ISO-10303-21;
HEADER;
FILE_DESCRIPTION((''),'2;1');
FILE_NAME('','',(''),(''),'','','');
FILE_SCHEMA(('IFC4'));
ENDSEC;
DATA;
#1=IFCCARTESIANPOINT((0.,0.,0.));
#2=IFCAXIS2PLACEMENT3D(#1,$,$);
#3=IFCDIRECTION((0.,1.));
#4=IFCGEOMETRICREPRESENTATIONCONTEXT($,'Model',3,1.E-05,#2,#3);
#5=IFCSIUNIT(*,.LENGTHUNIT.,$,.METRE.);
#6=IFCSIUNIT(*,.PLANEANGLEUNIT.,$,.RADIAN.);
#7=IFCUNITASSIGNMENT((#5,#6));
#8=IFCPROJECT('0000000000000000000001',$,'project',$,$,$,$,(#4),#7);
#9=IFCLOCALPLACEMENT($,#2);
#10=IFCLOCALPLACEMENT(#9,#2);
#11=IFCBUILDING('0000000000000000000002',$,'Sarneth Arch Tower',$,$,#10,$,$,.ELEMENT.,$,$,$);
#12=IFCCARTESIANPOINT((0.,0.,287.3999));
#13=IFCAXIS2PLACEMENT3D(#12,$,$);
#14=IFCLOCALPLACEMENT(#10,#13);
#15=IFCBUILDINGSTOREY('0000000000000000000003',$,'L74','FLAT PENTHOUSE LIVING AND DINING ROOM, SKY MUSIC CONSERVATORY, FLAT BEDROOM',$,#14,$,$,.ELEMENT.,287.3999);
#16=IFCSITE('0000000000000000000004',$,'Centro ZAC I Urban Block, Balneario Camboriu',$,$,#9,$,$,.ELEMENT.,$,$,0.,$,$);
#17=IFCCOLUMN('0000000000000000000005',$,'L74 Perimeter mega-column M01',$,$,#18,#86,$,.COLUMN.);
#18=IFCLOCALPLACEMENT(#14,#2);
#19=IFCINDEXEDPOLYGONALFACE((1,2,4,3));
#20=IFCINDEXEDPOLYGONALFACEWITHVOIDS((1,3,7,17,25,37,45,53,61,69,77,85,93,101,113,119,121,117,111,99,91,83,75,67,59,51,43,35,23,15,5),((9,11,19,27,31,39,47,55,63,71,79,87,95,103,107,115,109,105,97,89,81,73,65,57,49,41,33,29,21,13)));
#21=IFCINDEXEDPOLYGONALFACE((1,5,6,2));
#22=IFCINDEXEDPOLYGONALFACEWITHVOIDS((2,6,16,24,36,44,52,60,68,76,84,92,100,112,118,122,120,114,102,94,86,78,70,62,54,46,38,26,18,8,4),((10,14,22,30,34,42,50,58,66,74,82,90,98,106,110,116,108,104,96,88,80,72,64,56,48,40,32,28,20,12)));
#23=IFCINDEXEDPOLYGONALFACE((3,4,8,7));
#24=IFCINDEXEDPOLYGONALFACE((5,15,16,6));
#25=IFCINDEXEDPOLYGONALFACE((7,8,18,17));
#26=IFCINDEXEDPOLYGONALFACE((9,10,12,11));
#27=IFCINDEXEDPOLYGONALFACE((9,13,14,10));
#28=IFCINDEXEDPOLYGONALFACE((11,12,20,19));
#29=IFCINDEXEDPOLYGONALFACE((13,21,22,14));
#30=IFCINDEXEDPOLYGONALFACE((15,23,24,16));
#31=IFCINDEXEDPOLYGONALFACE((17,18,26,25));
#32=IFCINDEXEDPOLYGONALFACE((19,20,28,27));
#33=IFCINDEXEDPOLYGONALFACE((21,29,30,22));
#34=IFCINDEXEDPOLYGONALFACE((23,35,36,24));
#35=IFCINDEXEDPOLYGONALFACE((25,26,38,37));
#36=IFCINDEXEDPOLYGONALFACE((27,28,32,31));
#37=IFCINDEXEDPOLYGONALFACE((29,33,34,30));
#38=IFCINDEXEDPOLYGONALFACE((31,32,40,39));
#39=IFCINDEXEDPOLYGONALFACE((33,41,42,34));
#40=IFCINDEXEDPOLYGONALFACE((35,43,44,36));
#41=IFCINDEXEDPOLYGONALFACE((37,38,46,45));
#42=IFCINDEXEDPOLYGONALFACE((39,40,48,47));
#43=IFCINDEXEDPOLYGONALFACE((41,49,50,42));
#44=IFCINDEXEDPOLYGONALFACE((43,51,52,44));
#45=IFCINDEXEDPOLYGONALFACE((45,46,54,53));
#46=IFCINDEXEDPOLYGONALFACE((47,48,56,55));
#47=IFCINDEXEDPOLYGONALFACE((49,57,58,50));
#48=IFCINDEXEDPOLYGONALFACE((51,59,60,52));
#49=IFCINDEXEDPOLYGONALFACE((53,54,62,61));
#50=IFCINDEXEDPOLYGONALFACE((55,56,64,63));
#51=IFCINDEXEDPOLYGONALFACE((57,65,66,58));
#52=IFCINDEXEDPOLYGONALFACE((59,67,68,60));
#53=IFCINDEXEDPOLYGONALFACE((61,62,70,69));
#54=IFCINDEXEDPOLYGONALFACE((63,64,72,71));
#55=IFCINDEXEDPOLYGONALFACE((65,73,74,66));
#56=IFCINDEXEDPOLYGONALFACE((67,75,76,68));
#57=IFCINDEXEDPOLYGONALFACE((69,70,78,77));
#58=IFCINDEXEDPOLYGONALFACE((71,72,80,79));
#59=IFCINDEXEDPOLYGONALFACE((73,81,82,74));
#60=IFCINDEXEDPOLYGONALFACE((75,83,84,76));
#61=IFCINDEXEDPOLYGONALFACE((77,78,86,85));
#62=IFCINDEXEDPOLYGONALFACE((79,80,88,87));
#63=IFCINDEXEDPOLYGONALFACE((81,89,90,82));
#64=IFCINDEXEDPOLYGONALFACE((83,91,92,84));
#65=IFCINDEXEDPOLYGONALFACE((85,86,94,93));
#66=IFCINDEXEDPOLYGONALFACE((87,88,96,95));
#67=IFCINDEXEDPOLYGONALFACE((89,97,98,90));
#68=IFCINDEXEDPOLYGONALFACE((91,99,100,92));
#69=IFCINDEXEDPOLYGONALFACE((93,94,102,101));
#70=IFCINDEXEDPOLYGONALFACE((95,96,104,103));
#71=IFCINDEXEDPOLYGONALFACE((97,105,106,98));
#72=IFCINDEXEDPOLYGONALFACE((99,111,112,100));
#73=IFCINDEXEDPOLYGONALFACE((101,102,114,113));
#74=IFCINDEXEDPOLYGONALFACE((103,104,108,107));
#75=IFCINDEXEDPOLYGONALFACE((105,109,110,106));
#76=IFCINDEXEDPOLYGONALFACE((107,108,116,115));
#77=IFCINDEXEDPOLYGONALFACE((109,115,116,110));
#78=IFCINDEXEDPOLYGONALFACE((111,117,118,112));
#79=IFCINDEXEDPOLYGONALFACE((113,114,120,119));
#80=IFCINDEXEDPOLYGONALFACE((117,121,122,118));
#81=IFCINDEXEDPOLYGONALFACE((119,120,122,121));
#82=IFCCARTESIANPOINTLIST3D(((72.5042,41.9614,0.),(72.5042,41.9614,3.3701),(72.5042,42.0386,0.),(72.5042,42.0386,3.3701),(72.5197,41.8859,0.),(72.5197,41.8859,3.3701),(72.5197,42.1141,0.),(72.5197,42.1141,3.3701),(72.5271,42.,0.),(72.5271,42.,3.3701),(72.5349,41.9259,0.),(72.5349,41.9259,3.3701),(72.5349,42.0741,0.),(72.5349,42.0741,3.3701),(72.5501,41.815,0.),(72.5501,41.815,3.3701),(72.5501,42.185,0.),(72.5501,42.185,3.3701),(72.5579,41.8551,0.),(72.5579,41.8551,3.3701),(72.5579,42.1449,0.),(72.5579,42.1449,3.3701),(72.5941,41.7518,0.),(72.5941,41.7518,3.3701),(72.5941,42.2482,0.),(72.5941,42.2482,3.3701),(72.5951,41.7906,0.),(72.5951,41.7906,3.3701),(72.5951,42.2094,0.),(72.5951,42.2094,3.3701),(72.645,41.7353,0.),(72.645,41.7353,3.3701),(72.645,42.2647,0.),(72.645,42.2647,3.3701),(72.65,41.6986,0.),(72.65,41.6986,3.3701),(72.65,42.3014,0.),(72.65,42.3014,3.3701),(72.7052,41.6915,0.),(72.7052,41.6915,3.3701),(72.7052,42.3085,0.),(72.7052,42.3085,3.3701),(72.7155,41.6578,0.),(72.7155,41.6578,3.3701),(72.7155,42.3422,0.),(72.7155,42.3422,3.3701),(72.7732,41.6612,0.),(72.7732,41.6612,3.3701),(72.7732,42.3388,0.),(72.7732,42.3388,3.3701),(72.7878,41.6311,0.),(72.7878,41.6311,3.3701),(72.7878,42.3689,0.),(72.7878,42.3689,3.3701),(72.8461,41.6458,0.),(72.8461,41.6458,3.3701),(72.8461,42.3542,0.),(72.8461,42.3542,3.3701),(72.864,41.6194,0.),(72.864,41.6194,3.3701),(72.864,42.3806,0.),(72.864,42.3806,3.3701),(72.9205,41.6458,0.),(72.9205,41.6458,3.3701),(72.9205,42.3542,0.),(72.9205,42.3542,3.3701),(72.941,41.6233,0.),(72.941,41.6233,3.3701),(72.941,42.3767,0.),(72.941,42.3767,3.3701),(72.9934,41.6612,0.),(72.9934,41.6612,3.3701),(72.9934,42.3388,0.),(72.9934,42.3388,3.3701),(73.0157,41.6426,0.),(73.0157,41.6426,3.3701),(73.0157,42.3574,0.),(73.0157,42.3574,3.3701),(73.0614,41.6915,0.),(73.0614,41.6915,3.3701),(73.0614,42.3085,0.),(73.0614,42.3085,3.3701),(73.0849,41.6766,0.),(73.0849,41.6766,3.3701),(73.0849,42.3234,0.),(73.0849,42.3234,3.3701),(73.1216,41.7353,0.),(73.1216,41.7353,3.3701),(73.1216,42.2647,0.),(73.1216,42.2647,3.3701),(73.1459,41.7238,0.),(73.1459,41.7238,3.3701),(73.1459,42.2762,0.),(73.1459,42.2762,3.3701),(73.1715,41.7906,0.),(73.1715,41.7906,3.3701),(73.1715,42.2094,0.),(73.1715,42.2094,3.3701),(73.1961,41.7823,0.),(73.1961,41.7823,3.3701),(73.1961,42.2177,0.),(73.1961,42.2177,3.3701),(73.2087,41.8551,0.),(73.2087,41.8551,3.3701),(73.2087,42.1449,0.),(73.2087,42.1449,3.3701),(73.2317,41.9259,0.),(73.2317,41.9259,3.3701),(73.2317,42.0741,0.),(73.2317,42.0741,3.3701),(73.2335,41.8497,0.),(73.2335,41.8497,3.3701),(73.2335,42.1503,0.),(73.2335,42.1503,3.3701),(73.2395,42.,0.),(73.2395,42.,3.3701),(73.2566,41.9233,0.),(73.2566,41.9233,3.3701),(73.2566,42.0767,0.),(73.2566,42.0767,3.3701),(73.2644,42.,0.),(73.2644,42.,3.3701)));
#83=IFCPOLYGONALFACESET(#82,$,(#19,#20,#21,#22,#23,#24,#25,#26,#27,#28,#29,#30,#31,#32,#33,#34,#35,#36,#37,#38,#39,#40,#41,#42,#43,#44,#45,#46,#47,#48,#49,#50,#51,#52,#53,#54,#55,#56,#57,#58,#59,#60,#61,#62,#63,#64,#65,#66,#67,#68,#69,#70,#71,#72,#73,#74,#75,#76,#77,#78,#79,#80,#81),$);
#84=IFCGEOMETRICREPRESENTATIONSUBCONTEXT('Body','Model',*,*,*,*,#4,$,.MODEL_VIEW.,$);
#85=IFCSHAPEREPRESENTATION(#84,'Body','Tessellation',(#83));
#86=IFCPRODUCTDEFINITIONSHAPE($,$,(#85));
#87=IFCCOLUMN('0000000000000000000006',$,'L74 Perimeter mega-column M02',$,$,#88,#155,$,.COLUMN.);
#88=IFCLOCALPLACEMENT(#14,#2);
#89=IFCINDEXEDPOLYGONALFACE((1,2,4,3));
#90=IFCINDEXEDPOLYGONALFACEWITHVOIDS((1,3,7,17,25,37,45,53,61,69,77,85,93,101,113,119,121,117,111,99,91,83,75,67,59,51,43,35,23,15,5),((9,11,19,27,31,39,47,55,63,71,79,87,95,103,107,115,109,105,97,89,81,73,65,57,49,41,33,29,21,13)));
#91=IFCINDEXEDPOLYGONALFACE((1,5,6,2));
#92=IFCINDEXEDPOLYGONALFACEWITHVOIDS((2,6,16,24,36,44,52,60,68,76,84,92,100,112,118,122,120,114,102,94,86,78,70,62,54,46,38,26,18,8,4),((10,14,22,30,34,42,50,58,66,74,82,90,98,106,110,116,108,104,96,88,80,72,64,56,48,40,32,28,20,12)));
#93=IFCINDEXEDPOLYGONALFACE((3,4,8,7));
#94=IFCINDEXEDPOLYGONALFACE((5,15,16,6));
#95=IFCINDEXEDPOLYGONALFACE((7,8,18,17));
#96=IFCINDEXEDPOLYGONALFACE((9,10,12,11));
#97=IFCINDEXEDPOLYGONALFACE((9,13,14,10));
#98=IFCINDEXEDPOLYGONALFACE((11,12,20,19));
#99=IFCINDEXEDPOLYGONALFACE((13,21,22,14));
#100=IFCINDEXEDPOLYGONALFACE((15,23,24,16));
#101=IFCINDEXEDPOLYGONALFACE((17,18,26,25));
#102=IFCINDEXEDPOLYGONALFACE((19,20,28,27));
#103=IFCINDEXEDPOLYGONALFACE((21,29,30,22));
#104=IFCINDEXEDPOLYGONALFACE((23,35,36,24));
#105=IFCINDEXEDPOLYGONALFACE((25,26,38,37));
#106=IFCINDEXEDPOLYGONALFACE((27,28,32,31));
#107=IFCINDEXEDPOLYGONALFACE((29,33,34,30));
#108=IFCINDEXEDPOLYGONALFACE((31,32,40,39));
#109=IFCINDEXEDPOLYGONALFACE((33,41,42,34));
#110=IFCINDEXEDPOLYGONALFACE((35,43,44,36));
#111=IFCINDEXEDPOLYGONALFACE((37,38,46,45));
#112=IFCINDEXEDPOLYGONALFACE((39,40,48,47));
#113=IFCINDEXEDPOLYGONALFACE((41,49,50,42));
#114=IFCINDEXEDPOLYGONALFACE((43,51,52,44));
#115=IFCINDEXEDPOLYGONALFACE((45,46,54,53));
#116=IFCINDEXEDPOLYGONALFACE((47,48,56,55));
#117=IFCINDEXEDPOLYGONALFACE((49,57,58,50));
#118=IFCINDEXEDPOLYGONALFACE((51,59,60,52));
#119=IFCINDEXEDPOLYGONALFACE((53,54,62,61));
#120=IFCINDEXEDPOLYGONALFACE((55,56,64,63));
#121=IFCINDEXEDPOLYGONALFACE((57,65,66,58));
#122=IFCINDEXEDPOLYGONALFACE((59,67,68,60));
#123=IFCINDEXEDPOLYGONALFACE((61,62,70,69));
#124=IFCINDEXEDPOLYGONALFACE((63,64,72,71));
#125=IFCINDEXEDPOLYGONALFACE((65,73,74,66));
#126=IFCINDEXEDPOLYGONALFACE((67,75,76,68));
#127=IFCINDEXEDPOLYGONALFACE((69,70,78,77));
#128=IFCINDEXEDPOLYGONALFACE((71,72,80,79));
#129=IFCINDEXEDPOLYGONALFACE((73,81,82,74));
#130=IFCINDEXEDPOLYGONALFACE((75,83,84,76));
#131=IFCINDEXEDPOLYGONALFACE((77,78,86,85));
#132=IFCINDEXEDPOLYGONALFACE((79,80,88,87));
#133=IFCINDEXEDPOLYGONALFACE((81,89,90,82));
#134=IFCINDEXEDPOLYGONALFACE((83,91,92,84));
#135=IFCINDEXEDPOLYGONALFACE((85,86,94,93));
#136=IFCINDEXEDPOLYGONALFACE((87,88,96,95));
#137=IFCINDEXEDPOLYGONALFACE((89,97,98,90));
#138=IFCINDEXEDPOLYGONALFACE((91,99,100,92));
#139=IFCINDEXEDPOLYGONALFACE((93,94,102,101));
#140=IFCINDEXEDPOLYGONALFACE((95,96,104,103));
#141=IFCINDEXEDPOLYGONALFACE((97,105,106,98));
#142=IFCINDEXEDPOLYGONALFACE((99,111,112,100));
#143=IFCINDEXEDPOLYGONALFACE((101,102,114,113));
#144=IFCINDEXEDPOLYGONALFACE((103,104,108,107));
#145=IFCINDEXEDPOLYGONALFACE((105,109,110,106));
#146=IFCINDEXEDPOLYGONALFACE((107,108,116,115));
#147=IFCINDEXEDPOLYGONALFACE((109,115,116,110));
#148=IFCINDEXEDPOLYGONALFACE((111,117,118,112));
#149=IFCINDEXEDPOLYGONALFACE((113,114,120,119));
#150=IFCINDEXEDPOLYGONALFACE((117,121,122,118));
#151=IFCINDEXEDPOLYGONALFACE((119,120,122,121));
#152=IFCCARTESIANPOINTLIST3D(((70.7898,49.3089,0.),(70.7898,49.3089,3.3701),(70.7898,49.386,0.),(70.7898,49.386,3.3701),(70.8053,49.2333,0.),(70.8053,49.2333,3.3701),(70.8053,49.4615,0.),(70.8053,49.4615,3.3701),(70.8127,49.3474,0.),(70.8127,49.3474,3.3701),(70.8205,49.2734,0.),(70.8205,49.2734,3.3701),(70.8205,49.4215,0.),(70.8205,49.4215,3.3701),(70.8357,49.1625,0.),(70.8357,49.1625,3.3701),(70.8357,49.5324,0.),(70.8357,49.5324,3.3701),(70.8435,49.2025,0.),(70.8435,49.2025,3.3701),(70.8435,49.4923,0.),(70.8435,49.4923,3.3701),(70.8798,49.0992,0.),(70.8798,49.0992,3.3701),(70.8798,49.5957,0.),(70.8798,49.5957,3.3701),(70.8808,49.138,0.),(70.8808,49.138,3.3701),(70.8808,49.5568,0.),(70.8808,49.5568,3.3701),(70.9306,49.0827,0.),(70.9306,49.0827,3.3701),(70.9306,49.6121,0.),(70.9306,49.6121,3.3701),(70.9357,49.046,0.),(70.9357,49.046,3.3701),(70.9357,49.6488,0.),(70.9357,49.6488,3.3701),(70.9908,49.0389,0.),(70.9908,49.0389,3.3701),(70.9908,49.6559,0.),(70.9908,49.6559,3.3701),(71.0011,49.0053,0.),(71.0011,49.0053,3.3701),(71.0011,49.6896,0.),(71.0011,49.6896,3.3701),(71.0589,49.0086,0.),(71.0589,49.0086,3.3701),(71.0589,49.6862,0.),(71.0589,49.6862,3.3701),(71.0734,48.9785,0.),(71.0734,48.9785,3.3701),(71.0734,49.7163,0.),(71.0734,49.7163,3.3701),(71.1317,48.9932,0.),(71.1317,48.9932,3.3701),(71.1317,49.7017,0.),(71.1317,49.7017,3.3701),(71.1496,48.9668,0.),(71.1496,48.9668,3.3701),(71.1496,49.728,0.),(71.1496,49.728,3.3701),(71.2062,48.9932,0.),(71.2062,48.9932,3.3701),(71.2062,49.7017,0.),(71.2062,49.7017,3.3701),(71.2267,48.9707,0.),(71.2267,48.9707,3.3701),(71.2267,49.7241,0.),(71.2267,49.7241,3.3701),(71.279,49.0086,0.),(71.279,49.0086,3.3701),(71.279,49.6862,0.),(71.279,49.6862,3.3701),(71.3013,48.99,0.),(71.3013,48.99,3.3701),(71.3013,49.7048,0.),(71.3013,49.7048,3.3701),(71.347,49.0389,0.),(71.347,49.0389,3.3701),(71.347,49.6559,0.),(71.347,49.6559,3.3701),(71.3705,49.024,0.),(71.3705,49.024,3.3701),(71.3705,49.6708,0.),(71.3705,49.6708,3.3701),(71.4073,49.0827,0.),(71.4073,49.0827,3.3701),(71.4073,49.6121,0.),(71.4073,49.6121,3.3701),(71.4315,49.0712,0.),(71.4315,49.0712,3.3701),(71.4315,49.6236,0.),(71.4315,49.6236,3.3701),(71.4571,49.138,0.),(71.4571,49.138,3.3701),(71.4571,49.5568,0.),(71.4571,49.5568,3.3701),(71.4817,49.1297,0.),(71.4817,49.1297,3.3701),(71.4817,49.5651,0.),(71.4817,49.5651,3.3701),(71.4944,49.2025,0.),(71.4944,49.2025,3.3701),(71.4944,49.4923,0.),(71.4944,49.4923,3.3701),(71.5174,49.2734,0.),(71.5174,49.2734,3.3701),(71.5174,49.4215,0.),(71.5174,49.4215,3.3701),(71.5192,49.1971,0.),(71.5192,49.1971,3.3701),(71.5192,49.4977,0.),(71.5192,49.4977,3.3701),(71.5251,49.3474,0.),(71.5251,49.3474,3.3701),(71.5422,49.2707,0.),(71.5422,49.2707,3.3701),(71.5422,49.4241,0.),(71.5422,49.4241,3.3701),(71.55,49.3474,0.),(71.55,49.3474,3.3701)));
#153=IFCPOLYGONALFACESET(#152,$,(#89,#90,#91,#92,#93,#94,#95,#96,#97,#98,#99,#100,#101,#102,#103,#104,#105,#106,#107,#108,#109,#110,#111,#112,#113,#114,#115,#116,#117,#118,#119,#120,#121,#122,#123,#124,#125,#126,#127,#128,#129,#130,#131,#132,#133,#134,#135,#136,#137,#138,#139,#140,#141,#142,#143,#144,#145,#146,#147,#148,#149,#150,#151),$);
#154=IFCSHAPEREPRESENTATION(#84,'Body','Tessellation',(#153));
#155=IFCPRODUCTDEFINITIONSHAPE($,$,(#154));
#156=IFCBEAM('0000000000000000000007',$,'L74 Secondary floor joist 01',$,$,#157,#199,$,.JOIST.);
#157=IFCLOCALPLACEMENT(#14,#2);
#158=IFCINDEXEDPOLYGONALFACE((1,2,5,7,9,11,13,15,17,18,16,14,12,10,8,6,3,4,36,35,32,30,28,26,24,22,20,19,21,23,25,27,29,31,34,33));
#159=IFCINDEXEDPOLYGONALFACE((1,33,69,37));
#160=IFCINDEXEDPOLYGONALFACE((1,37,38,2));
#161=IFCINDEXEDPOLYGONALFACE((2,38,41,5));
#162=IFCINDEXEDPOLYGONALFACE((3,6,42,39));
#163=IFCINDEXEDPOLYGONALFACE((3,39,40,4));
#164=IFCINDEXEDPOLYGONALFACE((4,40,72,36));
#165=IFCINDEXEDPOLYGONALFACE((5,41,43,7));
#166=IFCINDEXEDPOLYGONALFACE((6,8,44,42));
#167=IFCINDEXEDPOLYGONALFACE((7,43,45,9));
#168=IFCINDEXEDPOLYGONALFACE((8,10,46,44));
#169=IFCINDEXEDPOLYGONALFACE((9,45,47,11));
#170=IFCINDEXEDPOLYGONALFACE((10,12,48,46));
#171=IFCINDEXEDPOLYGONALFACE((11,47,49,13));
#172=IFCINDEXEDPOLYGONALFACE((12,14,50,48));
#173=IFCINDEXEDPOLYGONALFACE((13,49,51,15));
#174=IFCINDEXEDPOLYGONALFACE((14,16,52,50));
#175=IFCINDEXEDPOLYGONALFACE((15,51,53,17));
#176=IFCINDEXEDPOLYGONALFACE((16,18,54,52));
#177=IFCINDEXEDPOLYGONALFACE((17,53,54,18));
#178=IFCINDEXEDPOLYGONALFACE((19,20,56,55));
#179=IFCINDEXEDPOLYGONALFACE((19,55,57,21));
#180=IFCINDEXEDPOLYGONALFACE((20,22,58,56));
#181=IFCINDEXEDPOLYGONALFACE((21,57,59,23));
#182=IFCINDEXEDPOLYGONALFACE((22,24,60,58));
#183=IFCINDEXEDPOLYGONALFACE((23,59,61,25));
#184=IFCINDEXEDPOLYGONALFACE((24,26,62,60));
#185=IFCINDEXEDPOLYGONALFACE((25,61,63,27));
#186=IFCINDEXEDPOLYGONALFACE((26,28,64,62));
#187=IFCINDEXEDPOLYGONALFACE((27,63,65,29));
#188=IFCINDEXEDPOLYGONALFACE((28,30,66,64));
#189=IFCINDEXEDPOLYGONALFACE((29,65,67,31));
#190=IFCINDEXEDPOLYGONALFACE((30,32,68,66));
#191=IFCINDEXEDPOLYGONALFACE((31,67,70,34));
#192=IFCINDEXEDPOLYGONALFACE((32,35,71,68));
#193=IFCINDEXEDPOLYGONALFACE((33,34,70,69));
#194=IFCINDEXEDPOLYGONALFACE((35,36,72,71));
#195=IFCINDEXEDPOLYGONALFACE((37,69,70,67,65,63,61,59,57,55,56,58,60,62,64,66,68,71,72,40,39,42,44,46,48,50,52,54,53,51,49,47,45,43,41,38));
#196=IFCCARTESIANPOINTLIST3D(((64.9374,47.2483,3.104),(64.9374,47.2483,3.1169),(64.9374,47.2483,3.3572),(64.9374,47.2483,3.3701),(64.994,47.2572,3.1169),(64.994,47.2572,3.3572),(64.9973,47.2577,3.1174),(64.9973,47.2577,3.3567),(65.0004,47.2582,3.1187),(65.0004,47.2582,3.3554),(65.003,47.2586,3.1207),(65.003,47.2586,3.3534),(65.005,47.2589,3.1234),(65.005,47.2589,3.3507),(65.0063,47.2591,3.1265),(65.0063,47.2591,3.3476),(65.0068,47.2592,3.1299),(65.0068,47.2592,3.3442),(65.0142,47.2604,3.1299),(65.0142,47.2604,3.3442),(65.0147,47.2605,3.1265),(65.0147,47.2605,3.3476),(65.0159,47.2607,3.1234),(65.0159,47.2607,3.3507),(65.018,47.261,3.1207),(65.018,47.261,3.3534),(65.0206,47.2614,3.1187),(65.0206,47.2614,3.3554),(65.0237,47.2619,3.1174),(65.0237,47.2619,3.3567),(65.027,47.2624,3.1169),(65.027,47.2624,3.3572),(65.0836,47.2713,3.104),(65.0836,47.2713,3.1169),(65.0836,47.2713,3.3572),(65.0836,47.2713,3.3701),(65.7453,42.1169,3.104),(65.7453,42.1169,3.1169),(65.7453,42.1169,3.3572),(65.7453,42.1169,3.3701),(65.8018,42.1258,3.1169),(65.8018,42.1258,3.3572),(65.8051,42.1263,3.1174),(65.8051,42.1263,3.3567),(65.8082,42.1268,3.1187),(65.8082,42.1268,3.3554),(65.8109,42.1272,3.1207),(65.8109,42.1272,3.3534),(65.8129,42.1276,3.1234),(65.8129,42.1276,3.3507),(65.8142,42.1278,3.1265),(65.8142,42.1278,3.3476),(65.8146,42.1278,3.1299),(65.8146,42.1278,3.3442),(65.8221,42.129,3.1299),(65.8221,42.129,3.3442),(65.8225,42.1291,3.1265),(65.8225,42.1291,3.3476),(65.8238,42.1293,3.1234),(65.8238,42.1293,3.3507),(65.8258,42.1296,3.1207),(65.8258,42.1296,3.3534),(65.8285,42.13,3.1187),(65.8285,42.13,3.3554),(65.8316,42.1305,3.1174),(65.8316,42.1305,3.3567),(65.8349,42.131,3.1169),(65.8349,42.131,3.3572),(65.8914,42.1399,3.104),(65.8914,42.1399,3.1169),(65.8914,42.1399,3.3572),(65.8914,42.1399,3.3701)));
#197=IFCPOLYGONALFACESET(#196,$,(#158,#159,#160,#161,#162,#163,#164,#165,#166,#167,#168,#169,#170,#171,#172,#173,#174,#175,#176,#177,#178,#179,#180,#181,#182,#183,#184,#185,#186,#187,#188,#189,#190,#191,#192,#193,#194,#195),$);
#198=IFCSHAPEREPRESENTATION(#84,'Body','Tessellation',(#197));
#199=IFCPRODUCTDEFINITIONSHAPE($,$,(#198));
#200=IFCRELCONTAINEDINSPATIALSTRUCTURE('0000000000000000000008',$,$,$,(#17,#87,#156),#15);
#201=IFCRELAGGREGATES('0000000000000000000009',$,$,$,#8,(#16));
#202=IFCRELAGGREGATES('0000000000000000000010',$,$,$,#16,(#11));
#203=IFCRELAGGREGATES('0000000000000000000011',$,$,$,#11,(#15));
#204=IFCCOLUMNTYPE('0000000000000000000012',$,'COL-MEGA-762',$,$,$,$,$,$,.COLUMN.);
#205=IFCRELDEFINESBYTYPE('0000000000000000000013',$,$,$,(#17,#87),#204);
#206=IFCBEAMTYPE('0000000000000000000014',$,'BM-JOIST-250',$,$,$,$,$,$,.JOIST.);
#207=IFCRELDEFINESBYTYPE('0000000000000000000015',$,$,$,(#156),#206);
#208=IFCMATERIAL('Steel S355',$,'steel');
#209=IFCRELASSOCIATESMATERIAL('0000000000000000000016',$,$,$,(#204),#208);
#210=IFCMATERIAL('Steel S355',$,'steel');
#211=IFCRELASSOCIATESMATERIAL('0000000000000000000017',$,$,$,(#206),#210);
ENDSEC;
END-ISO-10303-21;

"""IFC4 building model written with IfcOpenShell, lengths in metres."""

from ifc_helpers import new_model, si_unit, direction, frame, origin, origin_2d, place, context, subcontext, project, spatial, hollow_circle, i_section, extrude, material, material_profile, profile_set, type_object, element, save


model = new_model("IFC4")

# Units and contexts
model_context = context("Model", 3, precision=1e-05, world=origin(), true_north=direction((0.0, 1.0)))
body_context = subcontext(model_context, "Body", "Model", "MODEL_VIEW")
ifc_project = project(units=[si_unit("LENGTHUNIT", "METRE"), si_unit("PLANEANGLEUNIT", "RADIAN")], contexts=[model_context])

# Site, building, storey
site_placement = place(None, origin())
site = spatial("IfcSite", under=ifc_project, at=site_placement, Name="Centro ZAC I Urban Block, Balneario Camboriu", CompositionType="ELEMENT", RefElevation=0.0)
building_placement = place(site_placement, origin())
building = spatial("IfcBuilding", under=site, at=building_placement, Name="Sarneth Arch Tower", CompositionType="ELEMENT")
storey_placement = place(building_placement, frame((0.0, 0.0, 287.3999)))
storey = spatial("IfcBuildingStorey", under=building, at=storey_placement, Name="L74", Description="FLAT PENTHOUSE LIVING AND DINING ROOM, SKY MUSIC CONSERVATORY, FLAT BEDROOM", CompositionType="ELEMENT", Elevation=287.3999)

# Columns
ifc_material_1 = material(Name="Steel S355", Category="steel")
ifc_material_profile_1 = material_profile(ifc_material_1, hollow_circle(Radius=0.3811, WallThickness=0.0249, at=origin_2d()), Name="CHS762x25")
ifc_profile_set_1 = profile_set([ifc_material_profile_1], Name="Steel S355")
column_type = type_object("IfcColumnType", Name="COL-MEGA-762", PredefinedType="COLUMN", material=ifc_profile_set_1)
for number, where, z_axis, x_axis, name in (
    (1, (72.8833, 42.0, 0.0), (0.0, 0.0, 1.0), (1.0, 0.0, 0.0), "L74 Perimeter mega-column M01"),
    (2, (71.1689, 49.3474, 0.0), (0.0, 0.0, 1.0), (1.0, 0.0, 0.0), "L74 Perimeter mega-column M02"),
):
    element("IfcColumn", number, at=place(storey_placement, frame(where, z_axis=z_axis, x_axis=x_axis)), inside=storey, type_object=column_type, Name=name, PredefinedType="COLUMN", context=body_context, shape_type="SweptSolid", body=[
        extrude(hollow_circle(Radius=0.3811, WallThickness=0.0249, at=origin_2d()), origin(), (0.0, 0.0, 1.0), 3.3701),
    ])

# Beam
ifc_material_2 = material(Name="Steel S355", Category="steel")
ifc_material_profile_2 = material_profile(ifc_material_2, i_section(OverallWidth=0.1479, OverallDepth=0.2661, WebThickness=0.0076, FlangeThickness=0.0129, FilletRadius=0.0129, at=origin_2d()), Name="W250x44.8")
ifc_profile_set_2 = profile_set([ifc_material_profile_2], Name="Steel S355")
beam_type_1 = type_object("IfcBeamType", Name="BM-JOIST-250", PredefinedType="JOIST", material=ifc_profile_set_2)
beam_1_placement = place(storey_placement, frame((65.8184, 42.1284, 3.2371), z_axis=(-0.155521, 0.987833, 0.0), x_axis=(-0.987833, -0.155521, 0.0)))
element("IfcBeam", 3, at=beam_1_placement, inside=storey, type_object=beam_type_1, Name="L74 Secondary floor joist 01", PredefinedType="JOIST", context=body_context, shape_type="SweptSolid", body=[
    extrude(i_section(OverallWidth=0.1479, OverallDepth=0.2661, WebThickness=0.0076, FlangeThickness=0.0129, FilletRadius=0.0129, at=origin_2d()), origin(), (0.0, 0.0, 1.0), 5.1946),
])

save(model, "model.ifc")
